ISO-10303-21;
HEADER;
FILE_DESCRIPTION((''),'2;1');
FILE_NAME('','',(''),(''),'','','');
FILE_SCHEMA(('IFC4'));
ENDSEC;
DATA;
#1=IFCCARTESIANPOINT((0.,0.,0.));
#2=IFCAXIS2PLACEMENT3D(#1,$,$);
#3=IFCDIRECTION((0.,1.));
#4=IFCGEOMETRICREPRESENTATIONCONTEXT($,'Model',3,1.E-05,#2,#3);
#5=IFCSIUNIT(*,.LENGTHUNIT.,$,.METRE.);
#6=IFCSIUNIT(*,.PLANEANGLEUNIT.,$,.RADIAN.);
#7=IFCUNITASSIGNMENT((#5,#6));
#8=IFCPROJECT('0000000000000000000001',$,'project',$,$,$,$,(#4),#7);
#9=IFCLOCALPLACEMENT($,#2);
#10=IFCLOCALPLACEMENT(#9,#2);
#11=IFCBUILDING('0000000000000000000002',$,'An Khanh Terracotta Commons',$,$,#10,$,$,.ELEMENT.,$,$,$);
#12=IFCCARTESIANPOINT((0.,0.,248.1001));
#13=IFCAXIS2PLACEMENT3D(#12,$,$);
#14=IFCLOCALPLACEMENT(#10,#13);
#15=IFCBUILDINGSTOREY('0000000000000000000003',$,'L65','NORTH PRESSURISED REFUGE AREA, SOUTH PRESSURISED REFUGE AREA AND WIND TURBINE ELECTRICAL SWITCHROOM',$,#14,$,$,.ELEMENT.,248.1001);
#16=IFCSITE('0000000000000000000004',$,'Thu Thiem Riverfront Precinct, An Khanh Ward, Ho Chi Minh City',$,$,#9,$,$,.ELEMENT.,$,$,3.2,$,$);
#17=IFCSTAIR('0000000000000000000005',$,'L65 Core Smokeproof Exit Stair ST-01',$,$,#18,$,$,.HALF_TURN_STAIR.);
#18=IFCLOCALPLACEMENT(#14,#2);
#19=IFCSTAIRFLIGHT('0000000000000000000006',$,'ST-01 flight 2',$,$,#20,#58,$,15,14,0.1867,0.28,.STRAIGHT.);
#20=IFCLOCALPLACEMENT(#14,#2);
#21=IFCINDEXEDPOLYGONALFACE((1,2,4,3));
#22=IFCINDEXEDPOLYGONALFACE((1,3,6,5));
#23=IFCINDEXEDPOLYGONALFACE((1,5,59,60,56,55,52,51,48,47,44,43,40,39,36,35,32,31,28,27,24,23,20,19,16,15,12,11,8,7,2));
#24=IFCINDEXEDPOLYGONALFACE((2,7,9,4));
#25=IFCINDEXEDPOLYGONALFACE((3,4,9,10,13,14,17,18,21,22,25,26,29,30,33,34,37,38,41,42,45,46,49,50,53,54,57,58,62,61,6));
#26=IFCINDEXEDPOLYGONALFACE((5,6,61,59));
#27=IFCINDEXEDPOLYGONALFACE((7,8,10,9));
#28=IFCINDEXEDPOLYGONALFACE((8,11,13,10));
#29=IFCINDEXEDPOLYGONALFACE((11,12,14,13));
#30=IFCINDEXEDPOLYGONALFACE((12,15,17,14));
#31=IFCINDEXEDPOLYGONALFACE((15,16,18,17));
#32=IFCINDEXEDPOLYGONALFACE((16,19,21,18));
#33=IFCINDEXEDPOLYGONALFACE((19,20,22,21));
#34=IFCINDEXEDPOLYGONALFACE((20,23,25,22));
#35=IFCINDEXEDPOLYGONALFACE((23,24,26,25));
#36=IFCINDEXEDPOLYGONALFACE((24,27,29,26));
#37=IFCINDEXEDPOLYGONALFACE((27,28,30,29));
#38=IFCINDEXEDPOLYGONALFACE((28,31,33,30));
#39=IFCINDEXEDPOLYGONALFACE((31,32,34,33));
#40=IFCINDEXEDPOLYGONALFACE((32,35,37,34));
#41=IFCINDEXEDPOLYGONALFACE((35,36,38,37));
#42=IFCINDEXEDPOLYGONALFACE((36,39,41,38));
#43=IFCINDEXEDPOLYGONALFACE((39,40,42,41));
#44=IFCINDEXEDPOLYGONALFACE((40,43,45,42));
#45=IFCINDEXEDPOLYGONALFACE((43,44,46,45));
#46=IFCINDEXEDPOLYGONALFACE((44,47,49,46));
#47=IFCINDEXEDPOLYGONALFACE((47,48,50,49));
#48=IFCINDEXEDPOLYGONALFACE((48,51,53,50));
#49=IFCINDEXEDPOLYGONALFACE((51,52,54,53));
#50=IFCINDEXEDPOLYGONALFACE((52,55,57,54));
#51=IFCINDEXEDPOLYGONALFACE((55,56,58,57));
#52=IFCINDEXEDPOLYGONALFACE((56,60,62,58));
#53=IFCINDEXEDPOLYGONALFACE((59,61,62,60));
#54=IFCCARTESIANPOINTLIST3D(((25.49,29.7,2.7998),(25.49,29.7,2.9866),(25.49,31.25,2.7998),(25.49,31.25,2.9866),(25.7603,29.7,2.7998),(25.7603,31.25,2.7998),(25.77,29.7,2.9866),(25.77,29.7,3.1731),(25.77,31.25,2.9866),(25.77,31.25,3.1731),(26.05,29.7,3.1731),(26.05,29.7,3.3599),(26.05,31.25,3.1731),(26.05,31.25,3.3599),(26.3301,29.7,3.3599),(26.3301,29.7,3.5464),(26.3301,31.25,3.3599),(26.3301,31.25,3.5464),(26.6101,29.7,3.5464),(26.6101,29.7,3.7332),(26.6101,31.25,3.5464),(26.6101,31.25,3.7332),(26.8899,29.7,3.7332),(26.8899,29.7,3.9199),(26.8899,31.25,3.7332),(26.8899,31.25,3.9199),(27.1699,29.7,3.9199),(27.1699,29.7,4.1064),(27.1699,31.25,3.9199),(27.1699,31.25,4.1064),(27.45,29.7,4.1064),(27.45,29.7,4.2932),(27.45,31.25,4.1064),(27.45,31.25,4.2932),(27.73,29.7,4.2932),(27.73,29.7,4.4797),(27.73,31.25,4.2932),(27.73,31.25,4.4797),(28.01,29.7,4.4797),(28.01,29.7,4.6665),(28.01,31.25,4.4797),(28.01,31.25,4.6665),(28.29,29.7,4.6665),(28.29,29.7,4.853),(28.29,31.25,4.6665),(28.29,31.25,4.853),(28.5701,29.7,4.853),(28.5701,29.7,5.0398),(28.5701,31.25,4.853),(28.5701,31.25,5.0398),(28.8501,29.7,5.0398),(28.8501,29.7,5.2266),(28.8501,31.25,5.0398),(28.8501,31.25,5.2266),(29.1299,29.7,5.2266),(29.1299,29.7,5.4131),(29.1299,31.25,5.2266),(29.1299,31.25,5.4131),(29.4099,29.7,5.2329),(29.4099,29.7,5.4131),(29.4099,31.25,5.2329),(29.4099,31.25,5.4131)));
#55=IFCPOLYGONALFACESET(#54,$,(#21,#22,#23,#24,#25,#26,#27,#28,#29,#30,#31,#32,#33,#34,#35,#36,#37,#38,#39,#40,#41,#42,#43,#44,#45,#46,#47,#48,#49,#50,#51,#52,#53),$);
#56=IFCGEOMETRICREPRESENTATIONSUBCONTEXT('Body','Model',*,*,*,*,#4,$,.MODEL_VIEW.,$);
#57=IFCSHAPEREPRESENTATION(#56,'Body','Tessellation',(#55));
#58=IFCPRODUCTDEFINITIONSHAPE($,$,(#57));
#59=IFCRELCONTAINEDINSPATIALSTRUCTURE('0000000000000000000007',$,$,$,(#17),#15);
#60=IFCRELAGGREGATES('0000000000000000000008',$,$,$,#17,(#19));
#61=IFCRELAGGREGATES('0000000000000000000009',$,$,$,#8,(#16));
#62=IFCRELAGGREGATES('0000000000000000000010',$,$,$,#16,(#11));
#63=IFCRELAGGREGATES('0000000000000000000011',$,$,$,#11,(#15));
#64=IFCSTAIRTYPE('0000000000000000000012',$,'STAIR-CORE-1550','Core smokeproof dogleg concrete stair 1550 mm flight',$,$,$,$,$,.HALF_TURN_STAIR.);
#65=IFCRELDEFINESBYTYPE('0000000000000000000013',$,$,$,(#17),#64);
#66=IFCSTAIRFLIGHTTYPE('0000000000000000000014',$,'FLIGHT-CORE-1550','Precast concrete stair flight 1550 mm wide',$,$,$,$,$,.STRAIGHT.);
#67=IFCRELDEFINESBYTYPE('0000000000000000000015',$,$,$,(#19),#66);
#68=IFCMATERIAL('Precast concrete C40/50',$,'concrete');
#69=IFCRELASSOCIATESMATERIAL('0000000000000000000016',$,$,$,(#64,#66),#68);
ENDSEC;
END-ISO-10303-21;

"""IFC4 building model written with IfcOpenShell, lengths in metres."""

from ifc_helpers import new_model, si_unit, direction, frame, origin, place, context, subcontext, project, spatial, polyline, outline, extrude, material, type_object, element, aggregate, save


model = new_model("IFC4")

# Units and contexts
model_context = context("Model", 3, precision=1e-05, world=origin(), true_north=direction((0.0, 1.0)))
body_context = subcontext(model_context, "Body", "Model", "MODEL_VIEW")
ifc_project = project(units=[si_unit("LENGTHUNIT", "METRE"), si_unit("PLANEANGLEUNIT", "RADIAN")], contexts=[model_context])

# Site, building, storey
site_placement = place(None, origin())
site = spatial("IfcSite", under=ifc_project, at=site_placement, Name="Thu Thiem Riverfront Precinct, An Khanh Ward, Ho Chi Minh City", CompositionType="ELEMENT", RefElevation=3.2)
building_placement = place(site_placement, origin())
building = spatial("IfcBuilding", under=site, at=building_placement, Name="An Khanh Terracotta Commons", CompositionType="ELEMENT")
storey_placement = place(building_placement, frame((0.0, 0.0, 248.1001)))
storey = spatial("IfcBuildingStorey", under=building, at=storey_placement, Name="L65", Description="NORTH PRESSURISED REFUGE AREA, SOUTH PRESSURISED REFUGE AREA AND WIND TURBINE ELECTRICAL SWITCHROOM", CompositionType="ELEMENT", Elevation=248.1001)

# Stair, stair flight
ifc_material_1 = material(Name="Precast concrete C40/50", Category="concrete")
stair_type = type_object("IfcStairType", Name="STAIR-CORE-1550", Description="Core smokeproof dogleg concrete stair 1550 mm flight", PredefinedType="HALF_TURN_STAIR", material=ifc_material_1)
stair_placement = place(storey_placement, origin())
stair = element("IfcStair", 1, at=stair_placement, inside=storey, type_object=stair_type, Name="L65 Core Smokeproof Exit Stair ST-01", PredefinedType="HALF_TURN_STAIR")
stair_flight_type = type_object("IfcStairFlightType", Name="FLIGHT-CORE-1550", Description="Precast concrete stair flight 1550 mm wide", PredefinedType="STRAIGHT", material=ifc_material_1)
stair_flight_1_placement = place(storey_placement, frame((25.49, 30.4751, 2.7998), z_axis=(0.0, 0.0, 1.0), x_axis=(1.0, 0.0, 0.0)))
stair_flight_1 = element("IfcStairFlight", 2, at=stair_flight_1_placement, type_object=stair_flight_type, Name="ST-01 flight 2", NumberOfRisers=15, NumberOfTreads=14, PredefinedType="STRAIGHT", RiserHeight=0.1867, TreadLength=0.28, context=body_context, shape_type="SweptSolid", body=[
    extrude(outline(polyline([(0.0, 0.0), (0.0, 0.1868), (0.28, 0.1868), (0.28, 0.3733), (0.5601, 0.3733), (0.5601, 0.5601), (0.8401, 0.5601), (0.8401, 0.7466), (1.1201, 0.7466), (1.1201, 0.9333), (1.3999, 0.9333), (1.3999, 1.1201), (1.6799, 1.1201), (1.6799, 1.3066), (1.96, 1.3066), (1.96, 1.4934), (2.24, 1.4934), (2.24, 1.6799), (2.52, 1.6799), (2.52, 1.8667), (2.8, 1.8667), (2.8, 2.0532), (3.0801, 2.0532), (3.0801, 2.24), (3.3601, 2.24), (3.3601, 2.4268), (3.6399, 2.4268), (3.6399, 2.6133), (3.9199, 2.6133), (3.9199, 2.8), (3.9199, 2.4331), (0.2703, 0.0), (0.0, 0.0)])), frame((0.0, 0.7749, 0.0), z_axis=(0.0, -1.0, 0.0), x_axis=(1.0, 0.0, 0.0)), (0.0, 0.0, 1.0), 1.55),
])
aggregate(stair, [stair_flight_1])

save(model, "model.ifc")
